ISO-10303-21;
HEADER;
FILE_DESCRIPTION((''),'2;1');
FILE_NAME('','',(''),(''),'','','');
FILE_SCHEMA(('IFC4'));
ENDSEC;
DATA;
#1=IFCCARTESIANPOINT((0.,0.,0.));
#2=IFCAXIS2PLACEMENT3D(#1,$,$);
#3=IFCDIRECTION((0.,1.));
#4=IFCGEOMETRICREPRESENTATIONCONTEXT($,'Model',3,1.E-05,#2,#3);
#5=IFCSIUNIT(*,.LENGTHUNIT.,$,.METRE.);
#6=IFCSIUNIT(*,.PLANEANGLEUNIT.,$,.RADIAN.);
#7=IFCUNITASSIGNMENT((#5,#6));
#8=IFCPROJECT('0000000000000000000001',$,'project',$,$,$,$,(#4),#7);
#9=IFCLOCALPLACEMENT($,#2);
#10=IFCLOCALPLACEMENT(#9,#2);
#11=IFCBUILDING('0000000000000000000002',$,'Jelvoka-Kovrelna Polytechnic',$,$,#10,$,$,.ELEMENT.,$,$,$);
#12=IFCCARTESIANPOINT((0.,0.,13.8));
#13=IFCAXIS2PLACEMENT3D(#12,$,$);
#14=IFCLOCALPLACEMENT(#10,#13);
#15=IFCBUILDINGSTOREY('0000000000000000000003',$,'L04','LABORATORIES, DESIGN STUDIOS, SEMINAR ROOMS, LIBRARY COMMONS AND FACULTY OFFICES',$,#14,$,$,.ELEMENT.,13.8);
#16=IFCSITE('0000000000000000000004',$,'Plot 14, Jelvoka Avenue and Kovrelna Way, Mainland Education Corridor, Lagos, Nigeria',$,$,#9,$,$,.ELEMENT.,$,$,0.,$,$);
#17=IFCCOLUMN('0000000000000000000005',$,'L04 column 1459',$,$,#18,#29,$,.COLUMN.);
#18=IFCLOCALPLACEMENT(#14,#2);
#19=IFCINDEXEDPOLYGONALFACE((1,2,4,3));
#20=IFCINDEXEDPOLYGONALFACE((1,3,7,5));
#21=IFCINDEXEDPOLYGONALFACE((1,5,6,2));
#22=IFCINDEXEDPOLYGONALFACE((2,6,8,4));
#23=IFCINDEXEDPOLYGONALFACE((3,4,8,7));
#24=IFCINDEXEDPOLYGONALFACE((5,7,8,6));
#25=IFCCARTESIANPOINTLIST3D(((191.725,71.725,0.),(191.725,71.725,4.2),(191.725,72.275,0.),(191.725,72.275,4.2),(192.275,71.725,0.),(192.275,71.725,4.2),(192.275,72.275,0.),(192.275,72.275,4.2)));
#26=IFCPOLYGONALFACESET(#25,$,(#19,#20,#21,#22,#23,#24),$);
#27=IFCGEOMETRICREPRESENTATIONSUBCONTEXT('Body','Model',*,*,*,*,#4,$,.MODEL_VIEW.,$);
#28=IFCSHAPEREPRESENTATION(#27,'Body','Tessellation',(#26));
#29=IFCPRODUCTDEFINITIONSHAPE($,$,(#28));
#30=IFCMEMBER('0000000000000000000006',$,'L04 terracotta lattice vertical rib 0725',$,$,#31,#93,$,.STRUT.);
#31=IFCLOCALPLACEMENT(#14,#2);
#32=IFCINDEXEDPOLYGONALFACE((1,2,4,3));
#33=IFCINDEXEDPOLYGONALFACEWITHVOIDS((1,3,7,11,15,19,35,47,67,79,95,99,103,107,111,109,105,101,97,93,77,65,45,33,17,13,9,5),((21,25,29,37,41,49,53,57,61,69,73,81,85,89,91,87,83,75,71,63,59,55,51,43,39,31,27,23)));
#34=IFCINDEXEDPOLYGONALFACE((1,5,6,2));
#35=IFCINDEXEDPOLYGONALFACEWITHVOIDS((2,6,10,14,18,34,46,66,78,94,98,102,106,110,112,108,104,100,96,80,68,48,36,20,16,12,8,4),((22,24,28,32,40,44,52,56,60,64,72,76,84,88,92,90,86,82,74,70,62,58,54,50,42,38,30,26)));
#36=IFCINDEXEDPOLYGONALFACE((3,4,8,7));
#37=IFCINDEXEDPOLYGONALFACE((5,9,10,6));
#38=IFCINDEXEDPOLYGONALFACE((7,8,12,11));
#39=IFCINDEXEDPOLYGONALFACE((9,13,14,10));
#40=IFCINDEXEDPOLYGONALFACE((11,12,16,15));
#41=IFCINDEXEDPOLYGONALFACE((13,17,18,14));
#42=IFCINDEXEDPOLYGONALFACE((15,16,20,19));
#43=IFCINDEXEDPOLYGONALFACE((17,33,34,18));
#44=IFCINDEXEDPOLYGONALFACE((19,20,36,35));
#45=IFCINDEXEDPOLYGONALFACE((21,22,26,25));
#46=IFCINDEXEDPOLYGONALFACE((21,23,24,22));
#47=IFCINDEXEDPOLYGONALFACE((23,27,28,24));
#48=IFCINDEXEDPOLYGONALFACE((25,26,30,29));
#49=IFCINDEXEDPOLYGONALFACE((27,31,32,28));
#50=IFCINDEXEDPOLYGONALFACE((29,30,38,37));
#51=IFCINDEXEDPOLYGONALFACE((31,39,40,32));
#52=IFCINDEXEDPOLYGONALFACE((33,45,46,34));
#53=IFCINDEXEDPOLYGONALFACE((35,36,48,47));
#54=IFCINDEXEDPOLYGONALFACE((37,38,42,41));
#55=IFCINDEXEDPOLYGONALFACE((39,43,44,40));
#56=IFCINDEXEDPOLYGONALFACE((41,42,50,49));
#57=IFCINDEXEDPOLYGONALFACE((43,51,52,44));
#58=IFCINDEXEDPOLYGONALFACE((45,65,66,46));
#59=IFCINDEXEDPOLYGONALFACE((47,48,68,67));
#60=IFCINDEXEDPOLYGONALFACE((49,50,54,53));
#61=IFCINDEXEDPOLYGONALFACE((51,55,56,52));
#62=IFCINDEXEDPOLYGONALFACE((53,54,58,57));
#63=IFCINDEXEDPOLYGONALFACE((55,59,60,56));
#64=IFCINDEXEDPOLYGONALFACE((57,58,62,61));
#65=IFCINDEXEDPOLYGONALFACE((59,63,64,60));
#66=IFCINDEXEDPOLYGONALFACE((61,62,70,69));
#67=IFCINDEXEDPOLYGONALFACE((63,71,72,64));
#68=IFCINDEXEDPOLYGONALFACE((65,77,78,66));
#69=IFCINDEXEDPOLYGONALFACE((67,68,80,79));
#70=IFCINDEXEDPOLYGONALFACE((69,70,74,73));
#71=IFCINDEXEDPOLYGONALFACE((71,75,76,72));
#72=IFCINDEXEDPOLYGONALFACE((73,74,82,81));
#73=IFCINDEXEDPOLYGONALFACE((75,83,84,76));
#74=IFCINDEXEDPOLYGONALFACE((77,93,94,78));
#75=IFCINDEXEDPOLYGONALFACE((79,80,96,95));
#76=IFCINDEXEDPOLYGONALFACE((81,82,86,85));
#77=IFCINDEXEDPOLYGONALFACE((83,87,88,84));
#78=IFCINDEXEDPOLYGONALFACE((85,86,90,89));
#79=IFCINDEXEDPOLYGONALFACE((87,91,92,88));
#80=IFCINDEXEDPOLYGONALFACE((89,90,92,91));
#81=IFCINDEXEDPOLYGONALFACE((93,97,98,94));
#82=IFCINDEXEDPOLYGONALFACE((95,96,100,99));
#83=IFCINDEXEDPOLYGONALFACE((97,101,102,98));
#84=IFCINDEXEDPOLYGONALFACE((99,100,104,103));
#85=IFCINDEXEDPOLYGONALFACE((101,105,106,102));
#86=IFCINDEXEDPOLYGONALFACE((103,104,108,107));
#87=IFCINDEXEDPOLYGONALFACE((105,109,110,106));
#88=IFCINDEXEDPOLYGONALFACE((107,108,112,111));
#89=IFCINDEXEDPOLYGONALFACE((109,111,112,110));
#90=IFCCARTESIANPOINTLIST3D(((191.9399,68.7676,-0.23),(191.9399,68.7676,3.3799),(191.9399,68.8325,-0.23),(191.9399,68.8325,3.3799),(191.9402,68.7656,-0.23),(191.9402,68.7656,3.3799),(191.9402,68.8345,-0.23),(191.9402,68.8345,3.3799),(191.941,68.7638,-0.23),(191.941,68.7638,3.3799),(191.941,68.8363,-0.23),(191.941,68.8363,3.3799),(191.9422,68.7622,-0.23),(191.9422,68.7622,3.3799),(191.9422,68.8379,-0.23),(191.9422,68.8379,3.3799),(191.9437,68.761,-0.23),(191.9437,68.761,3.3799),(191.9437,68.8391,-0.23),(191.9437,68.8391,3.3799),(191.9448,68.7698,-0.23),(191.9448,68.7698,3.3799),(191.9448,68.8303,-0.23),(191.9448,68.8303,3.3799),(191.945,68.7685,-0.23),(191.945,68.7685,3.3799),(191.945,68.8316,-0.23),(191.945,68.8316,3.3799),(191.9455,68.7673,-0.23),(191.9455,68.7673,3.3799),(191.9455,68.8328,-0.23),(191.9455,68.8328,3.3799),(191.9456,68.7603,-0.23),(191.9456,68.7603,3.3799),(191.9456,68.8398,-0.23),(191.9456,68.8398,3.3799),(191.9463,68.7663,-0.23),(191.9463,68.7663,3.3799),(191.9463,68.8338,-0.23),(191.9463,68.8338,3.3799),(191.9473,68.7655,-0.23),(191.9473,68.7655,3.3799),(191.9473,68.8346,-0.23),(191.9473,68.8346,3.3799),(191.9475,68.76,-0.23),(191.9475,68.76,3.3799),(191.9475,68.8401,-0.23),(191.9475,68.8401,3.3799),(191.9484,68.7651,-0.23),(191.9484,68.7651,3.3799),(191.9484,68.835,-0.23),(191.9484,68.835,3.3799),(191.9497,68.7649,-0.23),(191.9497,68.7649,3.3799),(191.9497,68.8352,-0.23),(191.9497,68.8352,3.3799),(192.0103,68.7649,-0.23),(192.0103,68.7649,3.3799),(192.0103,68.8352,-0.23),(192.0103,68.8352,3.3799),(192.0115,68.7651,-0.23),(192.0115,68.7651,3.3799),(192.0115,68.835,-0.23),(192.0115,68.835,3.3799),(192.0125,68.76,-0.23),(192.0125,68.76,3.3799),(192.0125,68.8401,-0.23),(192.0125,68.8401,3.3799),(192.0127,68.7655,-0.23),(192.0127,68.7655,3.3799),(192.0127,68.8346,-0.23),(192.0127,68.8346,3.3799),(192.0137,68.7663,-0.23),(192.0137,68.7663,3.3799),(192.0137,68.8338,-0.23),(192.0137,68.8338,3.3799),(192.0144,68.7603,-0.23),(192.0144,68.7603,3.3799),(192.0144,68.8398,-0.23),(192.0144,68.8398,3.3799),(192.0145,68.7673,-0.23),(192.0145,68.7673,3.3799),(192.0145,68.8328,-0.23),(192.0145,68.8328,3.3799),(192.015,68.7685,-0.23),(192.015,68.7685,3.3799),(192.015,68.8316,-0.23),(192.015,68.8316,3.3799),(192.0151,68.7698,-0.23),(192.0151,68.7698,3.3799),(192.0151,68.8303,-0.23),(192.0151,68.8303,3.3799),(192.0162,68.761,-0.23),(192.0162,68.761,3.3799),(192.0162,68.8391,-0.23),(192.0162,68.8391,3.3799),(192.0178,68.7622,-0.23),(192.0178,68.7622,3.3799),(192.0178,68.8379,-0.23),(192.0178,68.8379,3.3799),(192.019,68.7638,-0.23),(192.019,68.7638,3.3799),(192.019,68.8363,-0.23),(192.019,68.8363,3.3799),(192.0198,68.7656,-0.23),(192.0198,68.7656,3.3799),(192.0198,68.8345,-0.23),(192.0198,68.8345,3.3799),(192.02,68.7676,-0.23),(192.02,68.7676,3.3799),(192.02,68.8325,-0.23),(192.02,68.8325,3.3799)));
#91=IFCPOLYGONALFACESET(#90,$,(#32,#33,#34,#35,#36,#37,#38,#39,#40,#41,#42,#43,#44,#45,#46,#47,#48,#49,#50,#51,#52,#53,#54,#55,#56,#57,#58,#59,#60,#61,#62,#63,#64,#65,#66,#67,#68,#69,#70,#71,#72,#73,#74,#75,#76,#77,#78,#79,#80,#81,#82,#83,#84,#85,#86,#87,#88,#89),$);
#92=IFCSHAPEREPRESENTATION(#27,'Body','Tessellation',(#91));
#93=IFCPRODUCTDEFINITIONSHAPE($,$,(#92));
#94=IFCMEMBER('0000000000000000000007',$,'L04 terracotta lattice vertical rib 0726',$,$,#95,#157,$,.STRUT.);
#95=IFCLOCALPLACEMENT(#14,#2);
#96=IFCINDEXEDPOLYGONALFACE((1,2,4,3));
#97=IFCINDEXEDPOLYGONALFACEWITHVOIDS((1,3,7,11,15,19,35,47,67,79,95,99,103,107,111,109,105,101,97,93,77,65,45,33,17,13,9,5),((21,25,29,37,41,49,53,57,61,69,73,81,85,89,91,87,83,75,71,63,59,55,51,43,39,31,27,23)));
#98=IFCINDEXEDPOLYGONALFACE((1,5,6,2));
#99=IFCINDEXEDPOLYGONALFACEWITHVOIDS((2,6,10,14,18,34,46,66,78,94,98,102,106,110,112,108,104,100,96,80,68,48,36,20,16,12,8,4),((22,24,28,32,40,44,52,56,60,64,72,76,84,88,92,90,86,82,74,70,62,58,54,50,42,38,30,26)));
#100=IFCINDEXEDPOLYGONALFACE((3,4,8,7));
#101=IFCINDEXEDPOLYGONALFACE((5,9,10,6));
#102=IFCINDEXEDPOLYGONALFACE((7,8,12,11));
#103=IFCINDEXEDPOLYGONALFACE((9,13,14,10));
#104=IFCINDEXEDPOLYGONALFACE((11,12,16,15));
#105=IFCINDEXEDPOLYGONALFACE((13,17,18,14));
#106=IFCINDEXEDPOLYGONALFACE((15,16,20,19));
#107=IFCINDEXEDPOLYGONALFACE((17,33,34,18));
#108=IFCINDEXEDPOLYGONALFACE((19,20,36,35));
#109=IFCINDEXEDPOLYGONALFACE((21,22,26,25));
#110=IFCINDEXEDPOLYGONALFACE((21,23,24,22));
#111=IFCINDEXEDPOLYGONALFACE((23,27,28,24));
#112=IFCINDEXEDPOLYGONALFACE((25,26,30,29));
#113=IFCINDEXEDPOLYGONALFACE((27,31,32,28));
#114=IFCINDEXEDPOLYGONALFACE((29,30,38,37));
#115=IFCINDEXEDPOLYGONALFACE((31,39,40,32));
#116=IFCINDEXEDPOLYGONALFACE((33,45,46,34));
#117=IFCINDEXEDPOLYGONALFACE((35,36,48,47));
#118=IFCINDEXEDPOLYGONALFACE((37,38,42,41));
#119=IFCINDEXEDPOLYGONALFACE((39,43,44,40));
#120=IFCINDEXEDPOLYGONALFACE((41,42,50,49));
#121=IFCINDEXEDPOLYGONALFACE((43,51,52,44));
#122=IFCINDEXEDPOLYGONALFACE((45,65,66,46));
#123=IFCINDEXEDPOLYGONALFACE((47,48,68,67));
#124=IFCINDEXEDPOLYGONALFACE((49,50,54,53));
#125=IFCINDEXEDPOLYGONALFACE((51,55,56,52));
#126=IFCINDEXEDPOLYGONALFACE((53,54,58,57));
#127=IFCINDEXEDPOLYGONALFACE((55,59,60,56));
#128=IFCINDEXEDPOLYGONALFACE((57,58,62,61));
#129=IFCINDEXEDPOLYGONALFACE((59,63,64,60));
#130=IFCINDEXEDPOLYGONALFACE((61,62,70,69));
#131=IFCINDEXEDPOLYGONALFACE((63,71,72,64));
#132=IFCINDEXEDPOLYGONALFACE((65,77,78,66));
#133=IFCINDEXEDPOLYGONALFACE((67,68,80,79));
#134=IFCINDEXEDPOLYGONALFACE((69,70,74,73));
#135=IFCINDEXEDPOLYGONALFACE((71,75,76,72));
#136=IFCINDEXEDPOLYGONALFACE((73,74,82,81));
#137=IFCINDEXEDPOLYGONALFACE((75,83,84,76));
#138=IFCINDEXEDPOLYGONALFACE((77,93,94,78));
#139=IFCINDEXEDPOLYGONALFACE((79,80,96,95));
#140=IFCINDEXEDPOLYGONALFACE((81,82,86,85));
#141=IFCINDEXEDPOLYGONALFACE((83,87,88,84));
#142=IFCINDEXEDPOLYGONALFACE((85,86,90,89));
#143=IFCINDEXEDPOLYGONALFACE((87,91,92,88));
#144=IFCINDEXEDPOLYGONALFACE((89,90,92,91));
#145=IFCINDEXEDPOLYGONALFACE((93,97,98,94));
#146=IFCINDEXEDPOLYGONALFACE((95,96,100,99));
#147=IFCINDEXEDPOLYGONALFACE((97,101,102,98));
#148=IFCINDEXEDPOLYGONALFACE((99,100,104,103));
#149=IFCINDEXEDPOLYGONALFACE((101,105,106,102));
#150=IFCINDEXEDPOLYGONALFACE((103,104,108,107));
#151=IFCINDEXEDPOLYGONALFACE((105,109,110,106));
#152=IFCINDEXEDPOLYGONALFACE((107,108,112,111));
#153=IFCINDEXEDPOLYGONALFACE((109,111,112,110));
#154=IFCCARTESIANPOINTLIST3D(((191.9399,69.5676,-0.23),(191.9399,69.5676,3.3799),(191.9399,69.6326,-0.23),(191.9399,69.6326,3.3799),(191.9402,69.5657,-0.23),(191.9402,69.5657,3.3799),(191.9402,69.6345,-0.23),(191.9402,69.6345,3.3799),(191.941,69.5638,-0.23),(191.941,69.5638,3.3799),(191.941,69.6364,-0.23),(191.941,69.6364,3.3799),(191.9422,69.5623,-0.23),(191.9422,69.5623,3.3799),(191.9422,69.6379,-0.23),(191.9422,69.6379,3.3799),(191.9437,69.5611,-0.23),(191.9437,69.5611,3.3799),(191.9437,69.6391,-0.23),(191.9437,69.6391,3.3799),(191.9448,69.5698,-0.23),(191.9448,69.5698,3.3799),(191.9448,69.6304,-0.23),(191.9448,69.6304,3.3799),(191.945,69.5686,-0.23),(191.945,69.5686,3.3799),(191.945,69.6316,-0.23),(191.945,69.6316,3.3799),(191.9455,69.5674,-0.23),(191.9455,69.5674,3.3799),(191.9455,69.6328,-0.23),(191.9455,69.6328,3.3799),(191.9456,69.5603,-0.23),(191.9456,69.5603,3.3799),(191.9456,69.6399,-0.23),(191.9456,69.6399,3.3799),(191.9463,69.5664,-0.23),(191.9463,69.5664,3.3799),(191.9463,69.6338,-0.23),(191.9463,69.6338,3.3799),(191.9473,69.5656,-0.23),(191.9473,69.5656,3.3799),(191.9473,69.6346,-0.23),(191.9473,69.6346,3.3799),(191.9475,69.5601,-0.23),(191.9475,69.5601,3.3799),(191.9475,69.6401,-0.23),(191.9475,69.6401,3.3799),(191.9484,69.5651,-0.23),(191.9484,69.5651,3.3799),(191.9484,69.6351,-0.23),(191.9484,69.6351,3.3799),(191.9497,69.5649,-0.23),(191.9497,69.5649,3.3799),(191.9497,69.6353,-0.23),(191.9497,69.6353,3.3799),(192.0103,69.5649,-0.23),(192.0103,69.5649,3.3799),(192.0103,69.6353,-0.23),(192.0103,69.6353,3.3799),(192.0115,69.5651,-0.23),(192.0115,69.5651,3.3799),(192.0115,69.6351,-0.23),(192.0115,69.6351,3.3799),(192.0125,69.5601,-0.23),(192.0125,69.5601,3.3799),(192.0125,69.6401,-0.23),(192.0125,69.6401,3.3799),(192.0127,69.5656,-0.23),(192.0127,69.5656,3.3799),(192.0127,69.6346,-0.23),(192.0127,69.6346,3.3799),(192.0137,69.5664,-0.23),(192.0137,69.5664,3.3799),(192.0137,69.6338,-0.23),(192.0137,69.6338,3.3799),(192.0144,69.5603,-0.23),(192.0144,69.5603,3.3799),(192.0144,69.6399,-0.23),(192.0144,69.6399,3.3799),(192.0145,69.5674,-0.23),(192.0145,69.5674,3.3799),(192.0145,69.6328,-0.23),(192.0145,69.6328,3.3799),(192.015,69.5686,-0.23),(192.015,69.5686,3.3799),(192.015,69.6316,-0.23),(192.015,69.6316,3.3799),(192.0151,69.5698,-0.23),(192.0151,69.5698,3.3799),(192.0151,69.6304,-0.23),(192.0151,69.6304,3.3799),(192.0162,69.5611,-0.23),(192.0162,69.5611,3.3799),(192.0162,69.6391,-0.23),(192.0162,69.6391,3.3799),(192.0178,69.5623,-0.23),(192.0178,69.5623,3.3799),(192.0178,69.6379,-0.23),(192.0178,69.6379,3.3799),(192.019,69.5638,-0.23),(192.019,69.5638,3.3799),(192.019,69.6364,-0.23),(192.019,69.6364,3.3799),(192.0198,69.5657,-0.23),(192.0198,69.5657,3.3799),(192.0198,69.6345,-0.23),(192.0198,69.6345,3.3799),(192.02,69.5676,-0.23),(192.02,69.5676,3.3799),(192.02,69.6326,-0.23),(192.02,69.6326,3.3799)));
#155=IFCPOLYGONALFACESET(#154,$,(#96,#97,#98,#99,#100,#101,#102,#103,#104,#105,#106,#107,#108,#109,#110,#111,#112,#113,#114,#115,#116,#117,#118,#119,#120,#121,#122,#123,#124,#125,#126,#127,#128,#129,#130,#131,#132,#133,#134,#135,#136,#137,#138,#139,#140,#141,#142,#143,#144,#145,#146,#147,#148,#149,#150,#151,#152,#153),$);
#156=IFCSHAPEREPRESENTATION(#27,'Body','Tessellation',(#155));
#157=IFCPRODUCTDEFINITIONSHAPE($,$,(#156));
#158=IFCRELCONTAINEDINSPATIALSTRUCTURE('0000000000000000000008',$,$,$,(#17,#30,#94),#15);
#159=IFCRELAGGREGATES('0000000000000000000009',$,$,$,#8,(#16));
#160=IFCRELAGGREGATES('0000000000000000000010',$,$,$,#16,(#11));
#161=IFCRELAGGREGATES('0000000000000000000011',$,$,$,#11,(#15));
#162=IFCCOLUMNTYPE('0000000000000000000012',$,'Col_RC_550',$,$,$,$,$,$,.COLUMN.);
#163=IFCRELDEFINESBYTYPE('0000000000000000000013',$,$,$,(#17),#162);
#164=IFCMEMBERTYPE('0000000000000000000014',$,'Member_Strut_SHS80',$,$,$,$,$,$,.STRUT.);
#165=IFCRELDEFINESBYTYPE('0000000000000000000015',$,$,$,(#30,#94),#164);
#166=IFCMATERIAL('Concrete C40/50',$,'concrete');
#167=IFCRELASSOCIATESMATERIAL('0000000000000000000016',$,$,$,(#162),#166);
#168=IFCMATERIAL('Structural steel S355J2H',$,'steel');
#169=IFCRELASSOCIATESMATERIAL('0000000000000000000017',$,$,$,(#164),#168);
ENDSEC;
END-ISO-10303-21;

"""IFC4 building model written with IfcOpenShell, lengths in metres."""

from ifc_helpers import new_model, si_unit, direction, frame, origin, origin_2d, place, context, subcontext, project, spatial, rectangle, hollow_rectangle, extrude, material, material_profile, profile_set, type_object, element, save


model = new_model("IFC4")

# Units and contexts
model_context = context("Model", 3, precision=1e-05, world=origin(), true_north=direction((0.0, 1.0)))
body_context = subcontext(model_context, "Body", "Model", "MODEL_VIEW")
ifc_project = project(units=[si_unit("LENGTHUNIT", "METRE"), si_unit("PLANEANGLEUNIT", "RADIAN")], contexts=[model_context])

# Site, building, storey
site_placement = place(None, origin())
site = spatial("IfcSite", under=ifc_project, at=site_placement, Name="Plot 14, Jelvoka Avenue and Kovrelna Way, Mainland Education Corridor, Lagos, Nigeria", CompositionType="ELEMENT", RefElevation=0.0)
building_placement = place(site_placement, origin())
building = spatial("IfcBuilding", under=site, at=building_placement, Name="Jelvoka-Kovrelna Polytechnic", CompositionType="ELEMENT")
storey_placement = place(building_placement, frame((0.0, 0.0, 13.8)))
storey = spatial("IfcBuildingStorey", under=building, at=storey_placement, Name="L04", Description="LABORATORIES, DESIGN STUDIOS, SEMINAR ROOMS, LIBRARY COMMONS AND FACULTY OFFICES", CompositionType="ELEMENT", Elevation=13.8)

# Column
ifc_material_1 = material(Name="Concrete C40/50", Category="concrete")
ifc_material_profile_1 = material_profile(ifc_material_1, rectangle(XDim=0.55, YDim=0.55, at=origin_2d()), Name="RC 550x550")
ifc_profile_set_1 = profile_set([ifc_material_profile_1], Name="Concrete C40/50")
column_type = type_object("IfcColumnType", Name="Col_RC_550", PredefinedType="COLUMN", material=ifc_profile_set_1)
column_placement = place(storey_placement, frame((192.0, 72.0, 0.0), z_axis=(0.0, 0.0, 1.0), x_axis=(1.0, 0.0, 0.0)))
element("IfcColumn", 1, at=column_placement, inside=storey, type_object=column_type, Name="L04 column 1459", PredefinedType="COLUMN", context=body_context, shape_type="SweptSolid", body=[
    extrude(rectangle(XDim=0.55, YDim=0.55, at=origin_2d()), origin(), (0.0, 0.0, 1.0), 4.2),
])

# Members
ifc_material_2 = material(Name="Structural steel S355J2H", Category="steel")
ifc_material_profile_2 = material_profile(ifc_material_2, hollow_rectangle(XDim=0.0801, YDim=0.0801, WallThickness=0.0049, InnerFilletRadius=0.0049, OuterFilletRadius=0.0076, at=origin_2d()), Name="80x80x5.0 SHS")
ifc_profile_set_2 = profile_set([ifc_material_profile_2], Name="Structural steel S355J2H")
member_type = type_object("IfcMemberType", Name="Member_Strut_SHS80", PredefinedType="STRUT", material=ifc_profile_set_2)
for number, where, z_axis, x_axis, name in (
    (2, (191.98, 68.8, -0.23), (0.0, 0.0, 1.0), (1.0, 0.0, 0.0), "L04 terracotta lattice vertical rib 0725"),
    (3, (191.98, 69.6001, -0.23), (0.0, 0.0, 1.0), (1.0, 0.0, 0.0), "L04 terracotta lattice vertical rib 0726"),
):
    element("IfcMember", number, at=place(storey_placement, frame(where, z_axis=z_axis, x_axis=x_axis)), inside=storey, type_object=member_type, Name=name, PredefinedType="STRUT", context=body_context, shape_type="SweptSolid", body=[
        extrude(hollow_rectangle(XDim=0.0801, YDim=0.0801, WallThickness=0.0049, InnerFilletRadius=0.0049, OuterFilletRadius=0.0076, at=origin_2d()), origin(), (0.0, 0.0, 1.0), 3.6099),
    ])

save(model, "model.ifc")
